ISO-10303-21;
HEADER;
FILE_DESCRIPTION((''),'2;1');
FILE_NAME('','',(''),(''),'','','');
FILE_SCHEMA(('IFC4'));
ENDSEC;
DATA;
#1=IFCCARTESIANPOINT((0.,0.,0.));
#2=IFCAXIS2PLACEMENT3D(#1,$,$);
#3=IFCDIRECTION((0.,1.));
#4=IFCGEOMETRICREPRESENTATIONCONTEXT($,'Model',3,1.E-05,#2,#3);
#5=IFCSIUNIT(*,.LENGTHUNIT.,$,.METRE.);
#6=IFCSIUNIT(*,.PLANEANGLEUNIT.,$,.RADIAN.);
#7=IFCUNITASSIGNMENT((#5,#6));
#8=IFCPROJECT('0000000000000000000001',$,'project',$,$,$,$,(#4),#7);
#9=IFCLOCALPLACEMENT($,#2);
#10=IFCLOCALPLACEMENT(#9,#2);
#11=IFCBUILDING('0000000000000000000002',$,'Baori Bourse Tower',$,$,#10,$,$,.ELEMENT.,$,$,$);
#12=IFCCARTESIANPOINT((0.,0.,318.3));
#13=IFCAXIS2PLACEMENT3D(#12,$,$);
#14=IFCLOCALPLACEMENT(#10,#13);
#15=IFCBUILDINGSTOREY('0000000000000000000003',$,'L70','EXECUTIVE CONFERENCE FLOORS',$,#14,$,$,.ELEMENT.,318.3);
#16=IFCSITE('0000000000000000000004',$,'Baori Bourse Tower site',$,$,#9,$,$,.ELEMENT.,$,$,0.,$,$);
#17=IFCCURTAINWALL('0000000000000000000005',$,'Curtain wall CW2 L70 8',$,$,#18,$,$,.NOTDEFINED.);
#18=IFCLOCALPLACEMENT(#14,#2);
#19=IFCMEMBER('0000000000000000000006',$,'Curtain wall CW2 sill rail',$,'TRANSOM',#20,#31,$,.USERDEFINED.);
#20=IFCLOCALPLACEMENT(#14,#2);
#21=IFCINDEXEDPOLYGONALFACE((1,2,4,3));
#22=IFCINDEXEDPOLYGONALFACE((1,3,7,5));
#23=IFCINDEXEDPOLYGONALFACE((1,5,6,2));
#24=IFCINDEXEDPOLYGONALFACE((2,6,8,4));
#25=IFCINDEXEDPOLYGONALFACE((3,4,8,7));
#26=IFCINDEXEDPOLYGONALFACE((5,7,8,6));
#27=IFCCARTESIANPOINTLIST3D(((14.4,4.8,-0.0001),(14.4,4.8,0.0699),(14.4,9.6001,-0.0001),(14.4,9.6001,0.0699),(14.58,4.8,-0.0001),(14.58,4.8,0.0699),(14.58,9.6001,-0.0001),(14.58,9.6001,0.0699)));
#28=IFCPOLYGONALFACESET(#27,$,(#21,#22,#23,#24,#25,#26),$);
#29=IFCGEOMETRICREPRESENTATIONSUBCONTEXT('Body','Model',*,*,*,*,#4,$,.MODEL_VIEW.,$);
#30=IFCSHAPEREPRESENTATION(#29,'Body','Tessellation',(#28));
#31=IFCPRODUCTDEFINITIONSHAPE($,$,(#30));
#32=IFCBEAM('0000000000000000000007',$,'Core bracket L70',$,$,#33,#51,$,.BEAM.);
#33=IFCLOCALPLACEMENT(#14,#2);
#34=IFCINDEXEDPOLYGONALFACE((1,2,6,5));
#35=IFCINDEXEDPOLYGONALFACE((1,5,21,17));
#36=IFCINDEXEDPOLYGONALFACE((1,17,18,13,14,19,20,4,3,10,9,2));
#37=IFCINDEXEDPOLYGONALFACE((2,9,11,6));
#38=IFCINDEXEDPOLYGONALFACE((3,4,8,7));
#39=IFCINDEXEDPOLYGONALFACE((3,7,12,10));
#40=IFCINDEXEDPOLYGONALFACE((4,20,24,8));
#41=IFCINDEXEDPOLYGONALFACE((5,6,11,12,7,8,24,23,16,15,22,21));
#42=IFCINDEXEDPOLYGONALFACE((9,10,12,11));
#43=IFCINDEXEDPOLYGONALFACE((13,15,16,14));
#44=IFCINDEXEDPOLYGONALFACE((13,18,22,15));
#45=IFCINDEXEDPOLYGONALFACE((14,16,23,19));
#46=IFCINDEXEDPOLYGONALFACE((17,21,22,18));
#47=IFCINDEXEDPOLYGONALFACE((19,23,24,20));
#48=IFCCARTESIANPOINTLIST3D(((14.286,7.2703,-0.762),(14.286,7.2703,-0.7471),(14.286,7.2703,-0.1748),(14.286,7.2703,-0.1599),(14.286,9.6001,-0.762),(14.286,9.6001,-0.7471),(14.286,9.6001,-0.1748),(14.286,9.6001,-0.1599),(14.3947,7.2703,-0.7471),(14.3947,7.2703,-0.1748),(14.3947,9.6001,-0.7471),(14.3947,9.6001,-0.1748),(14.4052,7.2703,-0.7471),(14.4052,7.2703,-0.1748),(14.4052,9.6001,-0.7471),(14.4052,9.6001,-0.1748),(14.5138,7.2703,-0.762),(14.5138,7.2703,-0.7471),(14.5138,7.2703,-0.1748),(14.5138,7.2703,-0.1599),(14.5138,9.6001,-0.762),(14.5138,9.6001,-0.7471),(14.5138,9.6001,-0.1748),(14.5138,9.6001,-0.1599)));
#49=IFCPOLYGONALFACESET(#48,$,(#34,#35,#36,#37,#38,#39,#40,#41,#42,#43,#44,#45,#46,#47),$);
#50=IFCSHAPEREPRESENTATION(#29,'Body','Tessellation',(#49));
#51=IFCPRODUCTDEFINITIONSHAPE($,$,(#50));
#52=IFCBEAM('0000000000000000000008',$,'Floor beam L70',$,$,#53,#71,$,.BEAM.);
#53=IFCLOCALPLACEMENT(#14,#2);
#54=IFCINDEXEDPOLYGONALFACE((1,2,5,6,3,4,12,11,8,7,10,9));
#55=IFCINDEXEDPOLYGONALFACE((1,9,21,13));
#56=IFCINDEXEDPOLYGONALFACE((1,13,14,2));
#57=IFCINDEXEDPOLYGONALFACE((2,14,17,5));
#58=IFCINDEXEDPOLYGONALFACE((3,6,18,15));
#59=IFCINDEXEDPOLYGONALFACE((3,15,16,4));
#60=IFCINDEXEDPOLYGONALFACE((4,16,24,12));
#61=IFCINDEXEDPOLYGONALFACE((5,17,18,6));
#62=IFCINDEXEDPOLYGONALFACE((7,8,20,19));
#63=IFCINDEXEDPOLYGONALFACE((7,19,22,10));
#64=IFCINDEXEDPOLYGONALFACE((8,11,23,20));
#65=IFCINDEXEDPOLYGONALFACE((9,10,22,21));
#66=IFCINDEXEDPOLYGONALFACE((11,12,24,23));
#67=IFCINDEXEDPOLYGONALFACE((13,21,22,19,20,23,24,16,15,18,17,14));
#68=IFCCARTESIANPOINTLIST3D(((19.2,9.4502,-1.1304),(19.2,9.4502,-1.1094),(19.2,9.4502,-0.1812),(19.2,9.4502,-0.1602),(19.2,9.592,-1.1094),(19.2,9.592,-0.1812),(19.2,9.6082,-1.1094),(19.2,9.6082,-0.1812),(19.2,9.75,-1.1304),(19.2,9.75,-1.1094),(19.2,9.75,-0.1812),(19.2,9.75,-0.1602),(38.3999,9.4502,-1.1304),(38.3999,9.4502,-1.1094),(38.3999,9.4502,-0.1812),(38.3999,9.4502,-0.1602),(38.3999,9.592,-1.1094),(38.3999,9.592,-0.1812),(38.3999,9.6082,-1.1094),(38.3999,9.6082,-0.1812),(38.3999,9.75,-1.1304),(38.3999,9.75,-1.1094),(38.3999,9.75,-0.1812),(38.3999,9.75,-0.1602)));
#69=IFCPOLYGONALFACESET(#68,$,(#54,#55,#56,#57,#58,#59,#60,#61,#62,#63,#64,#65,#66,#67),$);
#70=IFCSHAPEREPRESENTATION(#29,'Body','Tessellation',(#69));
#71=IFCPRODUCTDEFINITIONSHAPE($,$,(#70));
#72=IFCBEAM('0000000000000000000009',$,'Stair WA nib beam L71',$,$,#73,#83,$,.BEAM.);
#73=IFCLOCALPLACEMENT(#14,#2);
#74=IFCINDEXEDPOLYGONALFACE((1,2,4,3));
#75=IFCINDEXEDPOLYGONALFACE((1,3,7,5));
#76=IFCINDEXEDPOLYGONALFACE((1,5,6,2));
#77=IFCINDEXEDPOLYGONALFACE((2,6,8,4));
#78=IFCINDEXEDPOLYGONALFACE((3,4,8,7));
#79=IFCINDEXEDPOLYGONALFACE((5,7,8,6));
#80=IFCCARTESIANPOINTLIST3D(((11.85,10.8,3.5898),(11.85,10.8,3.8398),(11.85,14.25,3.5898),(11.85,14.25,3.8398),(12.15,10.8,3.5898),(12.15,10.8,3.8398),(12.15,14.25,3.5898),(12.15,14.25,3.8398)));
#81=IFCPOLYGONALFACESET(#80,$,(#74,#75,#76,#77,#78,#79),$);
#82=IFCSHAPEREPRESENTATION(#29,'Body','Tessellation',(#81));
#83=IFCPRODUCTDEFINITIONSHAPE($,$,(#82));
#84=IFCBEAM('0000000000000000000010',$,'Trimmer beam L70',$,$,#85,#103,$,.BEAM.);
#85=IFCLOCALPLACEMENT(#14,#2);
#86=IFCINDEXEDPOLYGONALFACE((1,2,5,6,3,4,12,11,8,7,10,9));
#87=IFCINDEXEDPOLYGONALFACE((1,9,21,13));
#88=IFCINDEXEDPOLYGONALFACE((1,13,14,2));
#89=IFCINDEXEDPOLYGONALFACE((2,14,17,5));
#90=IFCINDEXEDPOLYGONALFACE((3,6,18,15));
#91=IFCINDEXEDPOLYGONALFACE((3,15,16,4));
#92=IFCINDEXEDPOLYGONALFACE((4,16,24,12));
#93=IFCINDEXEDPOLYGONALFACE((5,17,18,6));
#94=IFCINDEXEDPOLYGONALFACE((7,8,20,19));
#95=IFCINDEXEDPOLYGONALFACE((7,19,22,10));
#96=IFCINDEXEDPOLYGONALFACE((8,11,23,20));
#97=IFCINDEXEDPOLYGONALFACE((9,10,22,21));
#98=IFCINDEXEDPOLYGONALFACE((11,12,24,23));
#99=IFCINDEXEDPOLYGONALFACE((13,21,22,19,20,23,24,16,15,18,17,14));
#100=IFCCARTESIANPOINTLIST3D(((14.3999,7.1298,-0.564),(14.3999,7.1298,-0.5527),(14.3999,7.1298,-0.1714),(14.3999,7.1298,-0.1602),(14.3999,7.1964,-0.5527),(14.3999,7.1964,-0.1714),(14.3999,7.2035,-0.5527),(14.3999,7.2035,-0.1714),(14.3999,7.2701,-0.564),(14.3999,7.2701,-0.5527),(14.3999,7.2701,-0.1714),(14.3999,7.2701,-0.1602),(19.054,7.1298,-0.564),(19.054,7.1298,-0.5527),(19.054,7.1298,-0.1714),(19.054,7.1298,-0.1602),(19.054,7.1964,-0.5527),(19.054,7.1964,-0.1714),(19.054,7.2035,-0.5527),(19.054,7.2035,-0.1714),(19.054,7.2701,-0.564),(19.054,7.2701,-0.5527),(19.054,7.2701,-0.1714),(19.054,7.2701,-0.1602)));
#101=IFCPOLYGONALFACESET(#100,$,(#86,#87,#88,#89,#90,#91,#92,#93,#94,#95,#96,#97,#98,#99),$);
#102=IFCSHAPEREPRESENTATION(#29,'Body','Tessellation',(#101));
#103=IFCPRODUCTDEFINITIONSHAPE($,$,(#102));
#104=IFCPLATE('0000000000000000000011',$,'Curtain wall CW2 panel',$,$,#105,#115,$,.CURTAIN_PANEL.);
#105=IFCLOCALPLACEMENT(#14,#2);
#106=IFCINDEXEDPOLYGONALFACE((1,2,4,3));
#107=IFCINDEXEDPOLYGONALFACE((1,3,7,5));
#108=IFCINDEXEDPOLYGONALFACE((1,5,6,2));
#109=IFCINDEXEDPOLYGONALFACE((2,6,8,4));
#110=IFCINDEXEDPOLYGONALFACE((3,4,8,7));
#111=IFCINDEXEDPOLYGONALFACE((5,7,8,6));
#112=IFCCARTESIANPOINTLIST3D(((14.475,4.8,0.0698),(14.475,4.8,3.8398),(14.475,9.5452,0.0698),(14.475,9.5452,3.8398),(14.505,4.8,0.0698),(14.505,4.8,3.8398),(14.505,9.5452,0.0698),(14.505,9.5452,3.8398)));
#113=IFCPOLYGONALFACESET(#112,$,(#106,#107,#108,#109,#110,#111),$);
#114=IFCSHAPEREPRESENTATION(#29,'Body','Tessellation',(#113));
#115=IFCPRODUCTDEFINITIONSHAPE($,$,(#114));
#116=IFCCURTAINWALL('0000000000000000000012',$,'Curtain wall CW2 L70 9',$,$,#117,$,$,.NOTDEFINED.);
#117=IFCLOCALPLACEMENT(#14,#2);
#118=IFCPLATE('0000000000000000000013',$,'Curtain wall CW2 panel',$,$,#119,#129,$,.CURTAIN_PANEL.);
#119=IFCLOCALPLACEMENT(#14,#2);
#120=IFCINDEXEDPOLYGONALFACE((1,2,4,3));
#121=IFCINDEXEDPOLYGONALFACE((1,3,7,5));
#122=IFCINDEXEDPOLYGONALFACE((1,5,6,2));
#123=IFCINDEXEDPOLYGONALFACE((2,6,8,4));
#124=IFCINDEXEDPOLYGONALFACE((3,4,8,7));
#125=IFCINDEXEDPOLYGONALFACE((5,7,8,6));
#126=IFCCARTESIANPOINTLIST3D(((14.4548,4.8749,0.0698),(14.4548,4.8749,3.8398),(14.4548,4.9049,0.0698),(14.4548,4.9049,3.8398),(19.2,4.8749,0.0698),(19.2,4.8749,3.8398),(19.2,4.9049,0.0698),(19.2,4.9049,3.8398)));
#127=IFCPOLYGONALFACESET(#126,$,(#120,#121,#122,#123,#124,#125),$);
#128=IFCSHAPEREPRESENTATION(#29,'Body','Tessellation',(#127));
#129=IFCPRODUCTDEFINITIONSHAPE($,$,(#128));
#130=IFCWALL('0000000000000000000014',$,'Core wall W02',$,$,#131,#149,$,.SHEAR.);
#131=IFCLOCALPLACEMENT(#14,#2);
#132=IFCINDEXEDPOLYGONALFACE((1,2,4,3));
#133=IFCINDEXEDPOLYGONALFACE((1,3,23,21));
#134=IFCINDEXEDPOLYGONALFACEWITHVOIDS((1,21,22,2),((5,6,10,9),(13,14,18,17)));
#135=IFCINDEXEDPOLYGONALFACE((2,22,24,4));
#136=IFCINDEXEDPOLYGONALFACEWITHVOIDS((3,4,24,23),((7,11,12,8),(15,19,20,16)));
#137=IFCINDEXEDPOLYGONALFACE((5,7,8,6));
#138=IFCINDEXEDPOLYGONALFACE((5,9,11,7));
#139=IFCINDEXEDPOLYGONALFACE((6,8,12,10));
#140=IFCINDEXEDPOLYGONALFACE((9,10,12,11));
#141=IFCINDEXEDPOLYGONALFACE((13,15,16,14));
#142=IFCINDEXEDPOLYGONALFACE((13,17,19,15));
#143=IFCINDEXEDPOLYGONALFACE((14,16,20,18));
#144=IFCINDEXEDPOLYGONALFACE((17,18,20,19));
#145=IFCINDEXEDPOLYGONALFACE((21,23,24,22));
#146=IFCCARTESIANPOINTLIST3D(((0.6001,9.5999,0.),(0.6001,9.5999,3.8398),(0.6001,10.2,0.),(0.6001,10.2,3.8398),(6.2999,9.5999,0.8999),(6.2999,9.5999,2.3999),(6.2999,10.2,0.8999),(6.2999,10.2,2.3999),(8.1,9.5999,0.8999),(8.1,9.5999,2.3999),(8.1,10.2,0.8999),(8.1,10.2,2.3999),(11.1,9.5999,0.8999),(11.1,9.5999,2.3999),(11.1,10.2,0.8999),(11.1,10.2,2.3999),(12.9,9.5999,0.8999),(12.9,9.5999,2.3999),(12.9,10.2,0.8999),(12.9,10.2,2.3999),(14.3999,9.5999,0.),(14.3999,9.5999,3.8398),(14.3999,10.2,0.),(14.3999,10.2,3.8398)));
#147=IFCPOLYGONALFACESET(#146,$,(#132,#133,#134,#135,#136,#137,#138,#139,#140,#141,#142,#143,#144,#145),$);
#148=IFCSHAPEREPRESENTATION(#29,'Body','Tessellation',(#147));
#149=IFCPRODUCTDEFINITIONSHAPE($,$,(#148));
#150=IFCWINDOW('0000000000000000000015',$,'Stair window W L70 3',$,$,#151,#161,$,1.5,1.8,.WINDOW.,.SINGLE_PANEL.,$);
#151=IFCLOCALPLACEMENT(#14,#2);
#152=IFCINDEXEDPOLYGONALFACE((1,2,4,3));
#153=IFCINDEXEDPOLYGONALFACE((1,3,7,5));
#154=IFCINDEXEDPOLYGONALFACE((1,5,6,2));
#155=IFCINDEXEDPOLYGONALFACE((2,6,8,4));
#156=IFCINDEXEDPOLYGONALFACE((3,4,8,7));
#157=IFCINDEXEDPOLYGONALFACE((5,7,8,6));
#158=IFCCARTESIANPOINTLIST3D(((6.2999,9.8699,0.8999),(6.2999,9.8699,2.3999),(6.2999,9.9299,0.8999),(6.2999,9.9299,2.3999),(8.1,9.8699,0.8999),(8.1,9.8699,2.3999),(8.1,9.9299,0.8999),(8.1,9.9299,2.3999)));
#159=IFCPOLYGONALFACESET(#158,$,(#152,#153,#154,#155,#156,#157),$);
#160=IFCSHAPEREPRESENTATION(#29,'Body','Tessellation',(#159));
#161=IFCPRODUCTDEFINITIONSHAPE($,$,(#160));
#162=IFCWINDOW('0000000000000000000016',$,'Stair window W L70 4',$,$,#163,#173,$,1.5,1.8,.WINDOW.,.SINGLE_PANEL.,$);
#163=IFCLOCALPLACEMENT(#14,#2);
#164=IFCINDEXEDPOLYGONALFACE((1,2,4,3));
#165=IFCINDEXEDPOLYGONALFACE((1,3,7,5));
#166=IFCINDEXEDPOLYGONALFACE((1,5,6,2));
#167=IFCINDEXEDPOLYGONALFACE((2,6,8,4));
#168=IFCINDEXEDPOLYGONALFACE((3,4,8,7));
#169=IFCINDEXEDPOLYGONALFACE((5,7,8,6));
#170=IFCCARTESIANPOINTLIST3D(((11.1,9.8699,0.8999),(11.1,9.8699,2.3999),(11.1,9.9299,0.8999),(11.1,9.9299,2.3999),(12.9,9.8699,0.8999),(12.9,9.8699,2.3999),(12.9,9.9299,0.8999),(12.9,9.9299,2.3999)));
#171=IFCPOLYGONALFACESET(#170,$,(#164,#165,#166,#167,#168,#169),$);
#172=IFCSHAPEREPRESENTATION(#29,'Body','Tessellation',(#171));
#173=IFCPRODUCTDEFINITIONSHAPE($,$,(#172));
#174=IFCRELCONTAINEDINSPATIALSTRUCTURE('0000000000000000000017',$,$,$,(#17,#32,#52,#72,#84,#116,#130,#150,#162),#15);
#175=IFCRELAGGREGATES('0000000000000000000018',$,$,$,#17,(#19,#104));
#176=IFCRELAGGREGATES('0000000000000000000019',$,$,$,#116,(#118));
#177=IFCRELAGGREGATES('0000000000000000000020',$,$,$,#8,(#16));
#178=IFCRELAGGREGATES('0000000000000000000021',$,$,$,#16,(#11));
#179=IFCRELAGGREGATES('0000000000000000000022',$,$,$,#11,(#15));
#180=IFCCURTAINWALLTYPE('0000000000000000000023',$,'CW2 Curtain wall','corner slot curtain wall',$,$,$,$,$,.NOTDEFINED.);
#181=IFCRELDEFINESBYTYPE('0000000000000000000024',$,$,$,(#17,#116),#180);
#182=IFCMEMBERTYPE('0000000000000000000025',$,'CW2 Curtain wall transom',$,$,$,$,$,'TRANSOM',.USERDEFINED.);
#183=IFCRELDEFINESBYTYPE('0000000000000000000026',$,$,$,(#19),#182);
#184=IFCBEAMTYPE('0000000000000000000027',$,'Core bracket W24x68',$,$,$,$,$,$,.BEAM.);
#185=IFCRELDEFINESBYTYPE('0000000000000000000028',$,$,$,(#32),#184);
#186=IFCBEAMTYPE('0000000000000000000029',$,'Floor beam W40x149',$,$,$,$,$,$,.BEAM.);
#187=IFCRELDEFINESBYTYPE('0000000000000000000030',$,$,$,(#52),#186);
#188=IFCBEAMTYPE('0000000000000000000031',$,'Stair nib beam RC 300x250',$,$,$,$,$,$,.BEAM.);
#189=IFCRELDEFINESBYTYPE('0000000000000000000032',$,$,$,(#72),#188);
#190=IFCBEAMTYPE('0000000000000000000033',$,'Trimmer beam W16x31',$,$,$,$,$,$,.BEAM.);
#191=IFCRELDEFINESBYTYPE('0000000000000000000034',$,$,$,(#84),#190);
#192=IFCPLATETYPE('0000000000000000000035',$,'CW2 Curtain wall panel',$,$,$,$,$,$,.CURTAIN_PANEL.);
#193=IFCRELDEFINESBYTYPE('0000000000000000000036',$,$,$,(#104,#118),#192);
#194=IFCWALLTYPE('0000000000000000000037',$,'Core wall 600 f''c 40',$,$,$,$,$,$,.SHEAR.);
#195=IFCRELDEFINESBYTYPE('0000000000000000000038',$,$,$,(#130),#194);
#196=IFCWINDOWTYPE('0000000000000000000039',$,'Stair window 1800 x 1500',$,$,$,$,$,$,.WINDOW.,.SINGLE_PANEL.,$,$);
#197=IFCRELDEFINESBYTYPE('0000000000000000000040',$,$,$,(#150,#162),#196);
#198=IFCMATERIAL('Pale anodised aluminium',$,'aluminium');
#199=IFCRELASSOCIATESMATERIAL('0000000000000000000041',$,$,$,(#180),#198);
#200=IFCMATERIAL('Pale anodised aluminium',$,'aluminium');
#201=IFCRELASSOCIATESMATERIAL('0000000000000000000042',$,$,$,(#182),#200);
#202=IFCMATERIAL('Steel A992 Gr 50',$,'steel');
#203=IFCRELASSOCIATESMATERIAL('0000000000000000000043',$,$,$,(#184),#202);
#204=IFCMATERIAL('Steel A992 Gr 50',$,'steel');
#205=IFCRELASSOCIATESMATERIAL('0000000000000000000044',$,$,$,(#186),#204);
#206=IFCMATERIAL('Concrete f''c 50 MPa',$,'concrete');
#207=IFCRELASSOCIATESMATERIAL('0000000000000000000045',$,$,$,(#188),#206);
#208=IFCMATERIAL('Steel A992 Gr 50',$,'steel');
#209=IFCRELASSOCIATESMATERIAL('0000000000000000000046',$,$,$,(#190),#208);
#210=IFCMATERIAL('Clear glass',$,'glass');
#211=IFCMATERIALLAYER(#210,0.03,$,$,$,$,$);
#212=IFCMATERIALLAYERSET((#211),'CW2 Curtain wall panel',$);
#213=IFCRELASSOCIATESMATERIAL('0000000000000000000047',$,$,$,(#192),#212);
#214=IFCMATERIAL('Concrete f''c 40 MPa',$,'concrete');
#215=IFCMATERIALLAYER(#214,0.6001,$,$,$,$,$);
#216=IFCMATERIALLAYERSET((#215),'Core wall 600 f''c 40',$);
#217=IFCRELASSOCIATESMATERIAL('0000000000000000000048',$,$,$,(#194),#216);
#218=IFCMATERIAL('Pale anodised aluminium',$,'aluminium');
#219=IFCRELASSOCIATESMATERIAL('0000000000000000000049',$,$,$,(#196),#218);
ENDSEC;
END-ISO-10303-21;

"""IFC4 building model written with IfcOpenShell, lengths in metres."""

from ifc_helpers import new_model, si_unit, direction, frame, frame_2d, origin, origin_2d, place, context, subcontext, project, spatial, rectangle, i_section, extrude, material, layer, layer_set, material_profile, profile_set, type_object, element, fill, aggregate, save


model = new_model("IFC4")

# Units and contexts
model_context = context("Model", 3, precision=1e-05, world=origin(), true_north=direction((0.0, 1.0)))
body_context = subcontext(model_context, "Body", "Model", "MODEL_VIEW")
ifc_project = project(units=[si_unit("LENGTHUNIT", "METRE"), si_unit("PLANEANGLEUNIT", "RADIAN")], contexts=[model_context])

# Site, building, storey
site_placement = place(None, origin())
site = spatial("IfcSite", under=ifc_project, at=site_placement, Name="Baori Bourse Tower site", CompositionType="ELEMENT", RefElevation=0.0)
building_placement = place(site_placement, origin())
building = spatial("IfcBuilding", under=site, at=building_placement, Name="Baori Bourse Tower", CompositionType="ELEMENT")
storey_placement = place(building_placement, frame((0.0, 0.0, 318.3)))
storey = spatial("IfcBuildingStorey", under=building, at=storey_placement, Name="L70", Description="EXECUTIVE CONFERENCE FLOORS", CompositionType="ELEMENT", Elevation=318.3)

# Curtain wall, member
ifc_material_1 = material(Name="Pale anodised aluminium", Category="aluminium")
curtain_wall_type = type_object("IfcCurtainWallType", Name="CW2 Curtain wall", Description="corner slot curtain wall", PredefinedType="NOTDEFINED", material=ifc_material_1)
curtain_wall_1_placement = place(storey_placement, origin())
curtain_wall_1 = element("IfcCurtainWall", 1, at=curtain_wall_1_placement, inside=storey, type_object=curtain_wall_type, Name="Curtain wall CW2 L70 8", PredefinedType="NOTDEFINED")
ifc_material_2 = material(Name="Pale anodised aluminium", Category="aluminium")
ifc_material_profile_1 = material_profile(ifc_material_2, rectangle(XDim=0.1799, YDim=0.0701, at=origin_2d()), Name="Transom 70x180")
ifc_profile_set_1 = profile_set([ifc_material_profile_1], Name="Pale anodised aluminium")
member_type = type_object("IfcMemberType", Name="CW2 Curtain wall transom", ElementType="TRANSOM", PredefinedType="USERDEFINED", material=ifc_profile_set_1)
member_placement = place(storey_placement, frame((14.49, 9.6001, 0.0349), z_axis=(0.0, -1.0, 0.0), x_axis=(1.0, 0.0, 0.0)))
member = element("IfcMember", 2, at=member_placement, type_object=member_type, Name="Curtain wall CW2 sill rail", ObjectType="TRANSOM", PredefinedType="USERDEFINED", context=body_context, shape_type="SweptSolid", body=[
    extrude(rectangle(XDim=0.1799, YDim=0.0701, at=origin_2d()), origin(), (0.0, 0.0, 1.0), 4.8),
])

# Beams
ifc_material_3 = material(Name="Steel A992 Gr 50", Category="steel")
ifc_material_profile_2 = material_profile(ifc_material_3, i_section(OverallWidth=0.2278, OverallDepth=0.6021, WebThickness=0.0105, FlangeThickness=0.0149, at=origin_2d()), Name="W24x68")
ifc_profile_set_2 = profile_set([ifc_material_profile_2], Name="Steel A992 Gr 50")
beam_type_1 = type_object("IfcBeamType", Name="Core bracket W24x68", PredefinedType="BEAM", material=ifc_profile_set_2)
beam_1_placement = place(storey_placement, frame((14.3999, 7.2703, -0.4609), z_axis=(0.0, 1.0, 0.0), x_axis=(-1.0, 0.0, 0.0)))
element("IfcBeam", 3, at=beam_1_placement, inside=storey, type_object=beam_type_1, Name="Core bracket L70", PredefinedType="BEAM", context=body_context, shape_type="SweptSolid", body=[
    extrude(i_section(OverallWidth=0.2278, OverallDepth=0.6021, WebThickness=0.0105, FlangeThickness=0.0149, at=origin_2d()), origin(), (0.0, 0.0, 1.0), 2.3298),
])
ifc_material_4 = material(Name="Steel A992 Gr 50", Category="steel")
ifc_material_profile_3 = material_profile(ifc_material_4, i_section(OverallWidth=0.2998, OverallDepth=0.9702, WebThickness=0.0161, FlangeThickness=0.021, at=origin_2d()), Name="W40x149")
ifc_profile_set_3 = profile_set([ifc_material_profile_3], Name="Steel A992 Gr 50")
beam_type_2 = type_object("IfcBeamType", Name="Floor beam W40x149", PredefinedType="BEAM", material=ifc_profile_set_3)
beam_2_placement = place(storey_placement, frame((19.2, 9.6001, -0.6453), z_axis=(1.0, 0.0, 0.0), x_axis=(0.0, 1.0, 0.0)))
element("IfcBeam", 4, at=beam_2_placement, inside=storey, type_object=beam_type_2, Name="Floor beam L70", PredefinedType="BEAM", context=body_context, shape_type="SweptSolid", body=[
    extrude(i_section(OverallWidth=0.2998, OverallDepth=0.9702, WebThickness=0.0161, FlangeThickness=0.021, at=origin_2d()), origin(), (0.0, 0.0, 1.0), 19.2),
])
ifc_material_5 = material(Name="Concrete f'c 50 MPa", Category="concrete")
ifc_material_profile_4 = material_profile(ifc_material_5, rectangle(XDim=0.3, YDim=0.25, at=origin_2d()), Name="RC 300x250")
ifc_profile_set_4 = profile_set([ifc_material_profile_4], Name="Concrete f'c 50 MPa")
beam_type_3 = type_object("IfcBeamType", Name="Stair nib beam RC 300x250", PredefinedType="BEAM", material=ifc_profile_set_4)
beam_3_placement = place(storey_placement, frame((12.0, 10.8, 3.7148), z_axis=(0.0, 1.0, 0.0), x_axis=(-1.0, 0.0, 0.0)))
element("IfcBeam", 5, at=beam_3_placement, inside=storey, type_object=beam_type_3, Name="Stair WA nib beam L71", PredefinedType="BEAM", context=body_context, shape_type="SweptSolid", body=[
    extrude(rectangle(XDim=0.3, YDim=0.25, at=origin_2d()), origin(), (0.0, 0.0, 1.0), 3.45),
])
ifc_material_6 = material(Name="Steel A992 Gr 50", Category="steel")
ifc_material_profile_5 = material_profile(ifc_material_6, i_section(OverallWidth=0.1404, OverallDepth=0.4038, WebThickness=0.0071, FlangeThickness=0.0112, at=origin_2d()), Name="W16x31")
ifc_profile_set_5 = profile_set([ifc_material_profile_5], Name="Steel A992 Gr 50")
beam_type_4 = type_object("IfcBeamType", Name="Trimmer beam W16x31", PredefinedType="BEAM", material=ifc_profile_set_5)
beam_4_placement = place(storey_placement, frame((14.3999, 7.2, -0.3621), z_axis=(1.0, 0.0, 0.0), x_axis=(0.0, 1.0, 0.0)))
element("IfcBeam", 6, at=beam_4_placement, inside=storey, type_object=beam_type_4, Name="Trimmer beam L70", PredefinedType="BEAM", context=body_context, shape_type="SweptSolid", body=[
    extrude(i_section(OverallWidth=0.1404, OverallDepth=0.4038, WebThickness=0.0071, FlangeThickness=0.0112, at=origin_2d()), origin(), (0.0, 0.0, 1.0), 4.6541),
])

# Plate
ifc_material_7 = material(Name="Clear glass", Category="glass")
ifc_layer_1 = layer(ifc_material_7, 0.03)
ifc_layer_set_1 = layer_set([ifc_layer_1], Name="CW2 Curtain wall panel")
plate_type = type_object("IfcPlateType", Name="CW2 Curtain wall panel", PredefinedType="CURTAIN_PANEL", material=ifc_layer_set_1)
plate_1_placement = place(storey_placement, frame((14.49, 7.1726, 0.0698), z_axis=(0.0, 0.0, 1.0), x_axis=(0.0, -1.0, 0.0)))
plate_1 = element("IfcPlate", 7, at=plate_1_placement, type_object=plate_type, Name="Curtain wall CW2 panel", PredefinedType="CURTAIN_PANEL", context=body_context, shape_type="SweptSolid", body=[
    extrude(rectangle(XDim=4.7451, YDim=0.03, at=origin_2d()), origin(), (0.0, 0.0, 1.0), 3.77),
])
aggregate(curtain_wall_1, [member, plate_1])

# Curtain wall, plate
curtain_wall_2_placement = place(storey_placement, origin())
curtain_wall_2 = element("IfcCurtainWall", 8, at=curtain_wall_2_placement, inside=storey, type_object=curtain_wall_type, Name="Curtain wall CW2 L70 9", PredefinedType="NOTDEFINED")
plate_2_placement = place(storey_placement, frame((16.8274, 4.8899, 0.0698), z_axis=(0.0, 0.0, 1.0), x_axis=(1.0, 0.0, 0.0)))
plate_2 = element("IfcPlate", 9, at=plate_2_placement, type_object=plate_type, Name="Curtain wall CW2 panel", PredefinedType="CURTAIN_PANEL", context=body_context, shape_type="SweptSolid", body=[
    extrude(rectangle(XDim=4.7451, YDim=0.03, at=origin_2d()), origin(), (0.0, 0.0, 1.0), 3.77),
])
aggregate(curtain_wall_2, [plate_2])

# Wall, openings, windows
ifc_material_8 = material(Name="Concrete f'c 40 MPa", Category="concrete")
ifc_layer_2 = layer(ifc_material_8, 0.6001)
ifc_layer_set_2 = layer_set([ifc_layer_2], Name="Core wall 600 f'c 40")
wall_type_1 = type_object("IfcWallType", Name="Core wall 600 f'c 40", PredefinedType="SHEAR", material=ifc_layer_set_2)
wall_1_placement = place(storey_placement, frame((14.3999, 9.8999, 0.0), z_axis=(0.0, 0.0, 1.0), x_axis=(-1.0, 0.0, 0.0)))
wall_1 = element("IfcWall", 10, at=wall_1_placement, inside=storey, type_object=wall_type_1, Name="Core wall W02", PredefinedType="SHEAR", context=body_context, shape_type="SweptSolid", body=[
    extrude(rectangle(XDim=13.7998, YDim=0.6001, at=frame_2d((6.8999, 0.0))), origin(), (0.0, 0.0, 1.0), 3.8398),
])
opening_1_placement = place(wall_1_placement, frame((6.3, 0.0, 0.8999)))
opening_1 = element("IfcOpeningElement", 11, at=opening_1_placement, cuts=wall_1, PredefinedType="OPENING", context=body_context, shape_type="SweptSolid", body=[
    extrude(rectangle(XDim=1.8, YDim=1.5, at=frame_2d((0.8999, 0.75))), frame((0.0, 0.3101, 0.0), z_axis=(0.0, -1.0, 0.0), x_axis=(1.0, 0.0, 0.0)), (0.0, 0.0, 1.0), 0.6201),
])
opening_2_placement = place(wall_1_placement, frame((1.5, 0.0, 0.8999)))
opening_2 = element("IfcOpeningElement", 12, at=opening_2_placement, cuts=wall_1, PredefinedType="OPENING", context=body_context, shape_type="SweptSolid", body=[
    extrude(rectangle(XDim=1.8, YDim=1.5, at=frame_2d((0.8999, 0.75))), frame((0.0, 0.3101, 0.0), z_axis=(0.0, -1.0, 0.0), x_axis=(1.0, 0.0, 0.0)), (0.0, 0.0, 1.0), 0.6201),
])
ifc_material_9 = material(Name="Pale anodised aluminium", Category="aluminium")
window_type = type_object("IfcWindowType", Name="Stair window 1800 x 1500", PartitioningType="SINGLE_PANEL", PredefinedType="WINDOW", material=ifc_material_9)
window_1_placement = place(opening_1_placement, origin())
window_1 = element("IfcWindow", 13, at=window_1_placement, inside=storey, type_object=window_type, Name="Stair window W L70 3", OverallHeight=1.5, OverallWidth=1.8, PartitioningType="SINGLE_PANEL", PredefinedType="WINDOW", context=body_context, shape_type="SweptSolid", body=[
    extrude(rectangle(XDim=1.8, YDim=1.5, at=frame_2d((0.8999, 0.75))), frame((0.0, 0.03, 0.0), z_axis=(0.0, -1.0, 0.0), x_axis=(1.0, 0.0, 0.0)), (0.0, 0.0, 1.0), 0.0601),
])
fill(opening_1, window_1)
window_2_placement = place(opening_2_placement, origin())
window_2 = element("IfcWindow", 14, at=window_2_placement, inside=storey, type_object=window_type, Name="Stair window W L70 4", OverallHeight=1.5, OverallWidth=1.8, PartitioningType="SINGLE_PANEL", PredefinedType="WINDOW", context=body_context, shape_type="SweptSolid", body=[
    extrude(rectangle(XDim=1.8, YDim=1.5, at=frame_2d((0.8999, 0.75))), frame((0.0, 0.03, 0.0), z_axis=(0.0, -1.0, 0.0), x_axis=(1.0, 0.0, 0.0)), (0.0, 0.0, 1.0), 0.0601),
])
fill(opening_2, window_2)

save(model, "model.ifc")
